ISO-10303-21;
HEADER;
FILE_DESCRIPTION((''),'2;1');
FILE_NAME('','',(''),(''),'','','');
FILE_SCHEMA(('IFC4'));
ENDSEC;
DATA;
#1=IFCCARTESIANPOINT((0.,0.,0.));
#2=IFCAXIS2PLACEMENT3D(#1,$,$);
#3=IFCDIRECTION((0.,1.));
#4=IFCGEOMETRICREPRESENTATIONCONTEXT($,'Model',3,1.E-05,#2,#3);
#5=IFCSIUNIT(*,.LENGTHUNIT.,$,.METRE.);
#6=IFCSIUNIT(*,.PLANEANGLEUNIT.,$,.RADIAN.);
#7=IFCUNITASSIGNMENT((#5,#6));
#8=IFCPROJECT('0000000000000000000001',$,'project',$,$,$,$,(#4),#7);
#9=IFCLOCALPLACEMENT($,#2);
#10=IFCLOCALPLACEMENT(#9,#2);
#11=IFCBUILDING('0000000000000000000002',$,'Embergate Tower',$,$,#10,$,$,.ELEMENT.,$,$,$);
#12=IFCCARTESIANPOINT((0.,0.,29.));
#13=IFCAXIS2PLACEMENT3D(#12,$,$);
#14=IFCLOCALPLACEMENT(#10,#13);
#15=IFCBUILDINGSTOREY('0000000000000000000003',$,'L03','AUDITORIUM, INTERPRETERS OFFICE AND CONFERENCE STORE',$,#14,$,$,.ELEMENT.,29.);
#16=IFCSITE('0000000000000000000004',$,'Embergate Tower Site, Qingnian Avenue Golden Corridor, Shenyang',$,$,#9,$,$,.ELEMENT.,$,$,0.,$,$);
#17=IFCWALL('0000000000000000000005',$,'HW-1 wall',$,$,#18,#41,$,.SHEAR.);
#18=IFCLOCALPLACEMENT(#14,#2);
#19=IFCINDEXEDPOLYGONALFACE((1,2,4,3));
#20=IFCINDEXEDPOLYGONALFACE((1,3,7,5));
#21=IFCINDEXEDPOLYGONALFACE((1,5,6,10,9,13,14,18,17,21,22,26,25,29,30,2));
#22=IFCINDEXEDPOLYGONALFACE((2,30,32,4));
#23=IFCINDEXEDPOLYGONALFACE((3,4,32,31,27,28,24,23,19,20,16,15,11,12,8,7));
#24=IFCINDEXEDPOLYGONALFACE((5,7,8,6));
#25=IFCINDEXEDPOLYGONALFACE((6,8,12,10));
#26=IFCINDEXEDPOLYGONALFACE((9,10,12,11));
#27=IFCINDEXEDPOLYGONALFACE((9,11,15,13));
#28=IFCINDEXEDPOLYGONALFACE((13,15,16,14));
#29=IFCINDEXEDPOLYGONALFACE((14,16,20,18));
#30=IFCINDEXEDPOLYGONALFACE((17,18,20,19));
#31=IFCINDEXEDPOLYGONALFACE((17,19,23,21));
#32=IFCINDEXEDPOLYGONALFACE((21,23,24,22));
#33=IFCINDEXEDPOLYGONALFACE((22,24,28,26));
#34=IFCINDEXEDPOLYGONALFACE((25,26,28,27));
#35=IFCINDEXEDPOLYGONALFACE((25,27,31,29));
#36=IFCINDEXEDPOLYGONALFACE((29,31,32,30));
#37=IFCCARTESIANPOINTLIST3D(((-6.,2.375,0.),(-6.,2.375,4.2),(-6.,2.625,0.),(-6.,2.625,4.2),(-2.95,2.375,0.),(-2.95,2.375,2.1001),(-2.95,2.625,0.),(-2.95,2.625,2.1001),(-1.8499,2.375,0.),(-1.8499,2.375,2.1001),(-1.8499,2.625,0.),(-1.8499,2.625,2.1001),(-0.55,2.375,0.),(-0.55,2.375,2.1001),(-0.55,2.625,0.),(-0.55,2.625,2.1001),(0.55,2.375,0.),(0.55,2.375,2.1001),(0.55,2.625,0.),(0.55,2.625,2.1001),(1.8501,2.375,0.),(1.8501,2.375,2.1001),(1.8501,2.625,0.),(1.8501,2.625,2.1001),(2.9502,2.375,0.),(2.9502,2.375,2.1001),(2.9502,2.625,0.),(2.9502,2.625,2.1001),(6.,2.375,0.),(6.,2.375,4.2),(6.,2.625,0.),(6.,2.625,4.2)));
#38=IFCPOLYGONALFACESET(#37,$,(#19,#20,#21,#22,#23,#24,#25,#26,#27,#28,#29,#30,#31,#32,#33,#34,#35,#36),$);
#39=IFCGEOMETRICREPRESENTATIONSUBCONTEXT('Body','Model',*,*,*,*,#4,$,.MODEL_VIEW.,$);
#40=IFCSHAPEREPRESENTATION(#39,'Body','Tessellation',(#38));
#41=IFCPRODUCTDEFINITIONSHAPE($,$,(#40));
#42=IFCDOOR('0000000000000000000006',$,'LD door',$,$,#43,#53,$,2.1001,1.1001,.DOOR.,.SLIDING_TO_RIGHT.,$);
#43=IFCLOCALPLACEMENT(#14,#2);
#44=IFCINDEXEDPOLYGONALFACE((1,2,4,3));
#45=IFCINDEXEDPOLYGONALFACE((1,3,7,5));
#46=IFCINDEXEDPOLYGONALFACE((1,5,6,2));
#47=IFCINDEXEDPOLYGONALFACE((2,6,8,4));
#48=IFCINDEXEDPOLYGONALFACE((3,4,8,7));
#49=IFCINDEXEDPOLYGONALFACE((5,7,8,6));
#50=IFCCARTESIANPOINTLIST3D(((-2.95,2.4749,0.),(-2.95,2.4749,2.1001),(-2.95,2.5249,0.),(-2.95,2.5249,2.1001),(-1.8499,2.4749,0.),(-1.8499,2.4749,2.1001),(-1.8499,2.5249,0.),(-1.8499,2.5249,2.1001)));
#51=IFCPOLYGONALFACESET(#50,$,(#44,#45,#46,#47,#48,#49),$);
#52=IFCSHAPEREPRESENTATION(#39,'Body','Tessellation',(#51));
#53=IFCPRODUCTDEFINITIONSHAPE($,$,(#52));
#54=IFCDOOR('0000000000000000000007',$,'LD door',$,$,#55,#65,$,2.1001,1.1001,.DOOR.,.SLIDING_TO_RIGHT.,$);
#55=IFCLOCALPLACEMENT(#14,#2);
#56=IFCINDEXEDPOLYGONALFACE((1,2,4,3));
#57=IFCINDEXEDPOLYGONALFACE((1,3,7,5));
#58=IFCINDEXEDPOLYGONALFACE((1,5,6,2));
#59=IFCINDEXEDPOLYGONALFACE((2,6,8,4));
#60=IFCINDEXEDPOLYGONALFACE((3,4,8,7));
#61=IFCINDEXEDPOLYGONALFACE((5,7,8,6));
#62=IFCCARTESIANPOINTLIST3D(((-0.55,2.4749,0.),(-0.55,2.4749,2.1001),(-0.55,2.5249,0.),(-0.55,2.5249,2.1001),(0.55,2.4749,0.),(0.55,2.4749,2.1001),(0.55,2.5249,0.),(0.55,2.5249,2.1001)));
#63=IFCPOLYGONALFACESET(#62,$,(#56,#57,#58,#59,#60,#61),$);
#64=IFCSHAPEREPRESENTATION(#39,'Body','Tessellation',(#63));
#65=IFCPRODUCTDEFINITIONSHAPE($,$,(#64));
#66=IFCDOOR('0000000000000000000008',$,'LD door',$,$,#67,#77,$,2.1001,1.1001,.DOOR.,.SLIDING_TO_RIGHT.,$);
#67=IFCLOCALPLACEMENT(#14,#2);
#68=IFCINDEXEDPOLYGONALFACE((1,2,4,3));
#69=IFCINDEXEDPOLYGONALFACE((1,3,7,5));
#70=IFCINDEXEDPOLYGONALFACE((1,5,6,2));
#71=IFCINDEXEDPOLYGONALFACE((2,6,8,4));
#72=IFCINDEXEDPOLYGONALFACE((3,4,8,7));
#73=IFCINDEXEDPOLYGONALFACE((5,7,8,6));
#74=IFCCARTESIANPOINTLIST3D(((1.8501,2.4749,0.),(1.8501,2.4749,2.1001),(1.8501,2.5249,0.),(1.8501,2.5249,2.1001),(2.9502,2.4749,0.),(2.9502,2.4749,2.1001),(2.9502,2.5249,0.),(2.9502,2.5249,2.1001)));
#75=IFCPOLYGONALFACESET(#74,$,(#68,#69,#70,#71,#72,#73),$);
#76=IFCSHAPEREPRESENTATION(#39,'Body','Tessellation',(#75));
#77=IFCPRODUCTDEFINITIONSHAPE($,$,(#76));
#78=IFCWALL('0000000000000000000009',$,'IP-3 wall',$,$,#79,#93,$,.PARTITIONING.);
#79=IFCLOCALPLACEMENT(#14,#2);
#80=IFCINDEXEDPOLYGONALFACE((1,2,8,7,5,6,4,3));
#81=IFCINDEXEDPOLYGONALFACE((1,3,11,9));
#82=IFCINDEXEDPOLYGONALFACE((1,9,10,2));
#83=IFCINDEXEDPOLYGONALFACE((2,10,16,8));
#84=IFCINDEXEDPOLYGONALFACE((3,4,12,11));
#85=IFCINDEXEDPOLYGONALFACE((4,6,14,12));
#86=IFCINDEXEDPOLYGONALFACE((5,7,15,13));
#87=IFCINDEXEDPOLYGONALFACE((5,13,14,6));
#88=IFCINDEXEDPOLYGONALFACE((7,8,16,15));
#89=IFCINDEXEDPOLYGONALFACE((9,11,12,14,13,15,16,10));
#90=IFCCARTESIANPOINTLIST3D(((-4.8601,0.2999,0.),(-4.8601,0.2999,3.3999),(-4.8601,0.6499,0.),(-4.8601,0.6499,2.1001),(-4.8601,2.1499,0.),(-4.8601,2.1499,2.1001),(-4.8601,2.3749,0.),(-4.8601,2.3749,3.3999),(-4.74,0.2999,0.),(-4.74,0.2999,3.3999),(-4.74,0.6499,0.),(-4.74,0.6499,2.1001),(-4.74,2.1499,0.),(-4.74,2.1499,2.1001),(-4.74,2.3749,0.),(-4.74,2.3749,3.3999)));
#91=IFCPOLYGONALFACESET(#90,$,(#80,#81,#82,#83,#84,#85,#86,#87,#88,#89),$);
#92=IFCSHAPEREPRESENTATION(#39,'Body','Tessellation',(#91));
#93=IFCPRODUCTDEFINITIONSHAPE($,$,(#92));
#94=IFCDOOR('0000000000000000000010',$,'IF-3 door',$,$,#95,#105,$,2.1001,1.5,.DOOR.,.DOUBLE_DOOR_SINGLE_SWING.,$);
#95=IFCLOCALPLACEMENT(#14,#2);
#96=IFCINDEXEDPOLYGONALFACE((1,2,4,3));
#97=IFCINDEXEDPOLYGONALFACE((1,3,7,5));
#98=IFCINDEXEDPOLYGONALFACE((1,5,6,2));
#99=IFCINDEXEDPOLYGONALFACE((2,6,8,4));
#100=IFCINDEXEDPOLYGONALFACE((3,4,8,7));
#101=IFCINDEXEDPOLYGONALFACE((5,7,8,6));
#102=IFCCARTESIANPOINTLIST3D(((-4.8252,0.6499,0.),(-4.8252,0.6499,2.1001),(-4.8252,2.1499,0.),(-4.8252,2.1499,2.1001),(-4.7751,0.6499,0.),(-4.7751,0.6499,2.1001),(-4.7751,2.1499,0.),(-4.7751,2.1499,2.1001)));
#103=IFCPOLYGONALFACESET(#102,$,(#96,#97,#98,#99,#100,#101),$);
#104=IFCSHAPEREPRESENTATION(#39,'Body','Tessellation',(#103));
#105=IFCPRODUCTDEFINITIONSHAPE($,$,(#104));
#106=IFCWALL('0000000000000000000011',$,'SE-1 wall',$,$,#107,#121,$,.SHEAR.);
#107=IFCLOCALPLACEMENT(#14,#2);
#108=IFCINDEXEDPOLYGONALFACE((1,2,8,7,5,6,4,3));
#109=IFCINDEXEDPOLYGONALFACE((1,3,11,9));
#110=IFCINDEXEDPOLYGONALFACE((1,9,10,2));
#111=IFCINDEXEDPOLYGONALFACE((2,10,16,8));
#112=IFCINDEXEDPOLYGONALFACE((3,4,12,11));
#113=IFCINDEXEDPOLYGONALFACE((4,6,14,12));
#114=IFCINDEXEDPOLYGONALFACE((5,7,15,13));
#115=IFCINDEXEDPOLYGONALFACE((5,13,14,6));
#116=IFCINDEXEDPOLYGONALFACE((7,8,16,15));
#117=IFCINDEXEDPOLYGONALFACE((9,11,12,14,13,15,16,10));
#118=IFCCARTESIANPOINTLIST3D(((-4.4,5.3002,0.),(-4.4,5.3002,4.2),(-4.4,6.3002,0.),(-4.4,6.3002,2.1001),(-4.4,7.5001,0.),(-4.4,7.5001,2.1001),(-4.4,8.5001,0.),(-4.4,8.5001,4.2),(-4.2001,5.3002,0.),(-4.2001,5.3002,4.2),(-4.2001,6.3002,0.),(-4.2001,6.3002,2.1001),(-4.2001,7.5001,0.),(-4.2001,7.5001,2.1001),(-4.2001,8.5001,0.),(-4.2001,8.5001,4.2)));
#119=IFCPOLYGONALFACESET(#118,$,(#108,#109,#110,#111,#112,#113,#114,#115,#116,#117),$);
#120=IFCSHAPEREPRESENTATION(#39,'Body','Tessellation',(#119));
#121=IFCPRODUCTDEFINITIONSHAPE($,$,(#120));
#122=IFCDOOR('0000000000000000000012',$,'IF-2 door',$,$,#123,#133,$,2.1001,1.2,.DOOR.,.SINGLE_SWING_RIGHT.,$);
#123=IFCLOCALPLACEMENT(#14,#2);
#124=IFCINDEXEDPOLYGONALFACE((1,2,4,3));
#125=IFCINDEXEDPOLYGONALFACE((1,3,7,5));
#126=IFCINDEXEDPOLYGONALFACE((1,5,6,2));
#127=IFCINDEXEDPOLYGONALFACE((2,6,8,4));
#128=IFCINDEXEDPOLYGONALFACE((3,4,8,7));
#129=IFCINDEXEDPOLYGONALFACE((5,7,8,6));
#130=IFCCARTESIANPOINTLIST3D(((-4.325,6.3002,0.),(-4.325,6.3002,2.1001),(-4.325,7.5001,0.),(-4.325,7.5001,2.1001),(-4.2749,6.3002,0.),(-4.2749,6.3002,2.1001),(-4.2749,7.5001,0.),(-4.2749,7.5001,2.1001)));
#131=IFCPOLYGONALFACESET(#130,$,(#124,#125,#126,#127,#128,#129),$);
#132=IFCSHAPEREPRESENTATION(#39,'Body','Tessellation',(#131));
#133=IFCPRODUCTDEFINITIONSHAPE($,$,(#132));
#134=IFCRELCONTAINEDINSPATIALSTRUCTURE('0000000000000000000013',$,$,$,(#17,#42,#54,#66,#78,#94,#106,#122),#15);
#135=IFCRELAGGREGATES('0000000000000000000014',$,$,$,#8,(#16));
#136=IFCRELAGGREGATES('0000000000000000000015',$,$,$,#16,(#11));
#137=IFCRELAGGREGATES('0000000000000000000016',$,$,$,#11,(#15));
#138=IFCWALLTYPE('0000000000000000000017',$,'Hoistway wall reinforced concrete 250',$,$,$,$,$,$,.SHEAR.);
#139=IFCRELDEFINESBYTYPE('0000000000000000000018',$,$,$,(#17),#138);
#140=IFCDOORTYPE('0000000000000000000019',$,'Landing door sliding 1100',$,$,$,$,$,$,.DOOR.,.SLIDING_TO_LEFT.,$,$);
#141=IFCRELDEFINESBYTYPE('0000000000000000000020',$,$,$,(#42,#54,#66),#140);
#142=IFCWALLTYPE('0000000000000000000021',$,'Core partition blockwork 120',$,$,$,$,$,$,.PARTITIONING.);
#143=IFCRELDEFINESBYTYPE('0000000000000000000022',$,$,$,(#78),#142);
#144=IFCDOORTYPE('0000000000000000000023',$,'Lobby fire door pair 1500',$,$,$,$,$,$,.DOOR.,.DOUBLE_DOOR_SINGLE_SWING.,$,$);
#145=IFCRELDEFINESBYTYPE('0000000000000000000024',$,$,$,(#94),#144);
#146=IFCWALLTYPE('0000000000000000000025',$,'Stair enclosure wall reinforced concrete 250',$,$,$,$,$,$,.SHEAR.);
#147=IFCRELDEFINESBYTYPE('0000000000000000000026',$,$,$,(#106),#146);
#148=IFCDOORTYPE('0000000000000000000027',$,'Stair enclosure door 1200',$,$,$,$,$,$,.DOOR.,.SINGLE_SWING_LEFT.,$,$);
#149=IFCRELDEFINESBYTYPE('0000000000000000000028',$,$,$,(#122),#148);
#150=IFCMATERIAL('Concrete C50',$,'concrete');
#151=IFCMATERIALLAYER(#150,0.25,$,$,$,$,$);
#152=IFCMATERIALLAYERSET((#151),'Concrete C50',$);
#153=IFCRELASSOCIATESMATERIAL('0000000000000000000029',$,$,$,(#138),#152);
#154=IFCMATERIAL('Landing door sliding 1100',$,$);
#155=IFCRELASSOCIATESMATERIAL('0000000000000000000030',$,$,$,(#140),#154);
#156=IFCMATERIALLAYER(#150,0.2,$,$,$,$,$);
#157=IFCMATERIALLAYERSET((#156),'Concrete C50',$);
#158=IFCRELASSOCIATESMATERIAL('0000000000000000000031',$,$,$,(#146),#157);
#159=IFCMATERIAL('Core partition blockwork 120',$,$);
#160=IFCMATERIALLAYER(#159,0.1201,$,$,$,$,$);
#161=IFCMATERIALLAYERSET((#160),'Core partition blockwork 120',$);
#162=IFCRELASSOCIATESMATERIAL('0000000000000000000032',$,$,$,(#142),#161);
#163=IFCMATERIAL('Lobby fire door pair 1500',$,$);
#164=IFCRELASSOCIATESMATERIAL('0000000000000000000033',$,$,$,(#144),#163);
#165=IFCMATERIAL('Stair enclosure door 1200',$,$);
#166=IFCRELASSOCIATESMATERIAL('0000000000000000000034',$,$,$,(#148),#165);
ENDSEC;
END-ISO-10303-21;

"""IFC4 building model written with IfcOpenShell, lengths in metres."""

from ifc_helpers import new_model, si_unit, direction, frame, frame_2d, origin, place, context, subcontext, project, spatial, rectangle, extrude, source, transform, mapped, material, layer, layer_set, type_object, element, fill, save


model = new_model("IFC4")

# Units and contexts
model_context = context("Model", 3, precision=1e-05, world=origin(), true_north=direction((0.0, 1.0)))
body_context = subcontext(model_context, "Body", "Model", "MODEL_VIEW")
ifc_project = project(units=[si_unit("LENGTHUNIT", "METRE"), si_unit("PLANEANGLEUNIT", "RADIAN")], contexts=[model_context])

# Site, building, storey
site_placement = place(None, origin())
site = spatial("IfcSite", under=ifc_project, at=site_placement, Name="Embergate Tower Site, Qingnian Avenue Golden Corridor, Shenyang", CompositionType="ELEMENT", RefElevation=0.0)
building_placement = place(site_placement, origin())
building = spatial("IfcBuilding", under=site, at=building_placement, Name="Embergate Tower", CompositionType="ELEMENT")
storey_placement = place(building_placement, frame((0.0, 0.0, 29.0)))
storey = spatial("IfcBuildingStorey", under=building, at=storey_placement, Name="L03", Description="AUDITORIUM, INTERPRETERS OFFICE AND CONFERENCE STORE", CompositionType="ELEMENT", Elevation=29.0)

# Shared definitions
ifc_material_1 = material(Name="Concrete C50", Category="concrete")
ifc_layer_1 = layer(ifc_material_1, 0.25)
ifc_layer_set_1 = layer_set([ifc_layer_1], Name="Concrete C50")
wall_type_1 = type_object("IfcWallType", Name="Hoistway wall reinforced concrete 250", PredefinedType="SHEAR", material=ifc_layer_set_1)

# Shared definitions
shared_shape_1 = source(origin(), body_context, "Body", "SweptSolid", [
    extrude(rectangle(XDim=1.1001, YDim=2.1001, at=frame_2d((0.55, 1.05))), frame((0.0, 0.135, 0.0), z_axis=(0.0, -1.0, 0.0), x_axis=(1.0, 0.0, 0.0)), (0.0, 0.0, 1.0), 0.27),
])
ifc_material_2 = material(Name="Landing door sliding 1100")
door_type_1 = type_object("IfcDoorType", Name="Landing door sliding 1100", OperationType="SLIDING_TO_LEFT", PredefinedType="DOOR", material=ifc_material_2)
shared_shape_2 = source(origin(), body_context, "Body", "SweptSolid", [
    extrude(rectangle(XDim=1.1001, YDim=2.1001, at=frame_2d((0.55, 1.05))), frame((0.0, 0.0249, 0.0), z_axis=(0.0, -1.0, 0.0), x_axis=(1.0, 0.0, 0.0)), (0.0, 0.0, 1.0), 0.05),
])

# Shared definitions
ifc_layer_2 = layer(ifc_material_1, 0.2)
ifc_layer_set_2 = layer_set([ifc_layer_2], Name="Concrete C50")
wall_type_2 = type_object("IfcWallType", Name="Stair enclosure wall reinforced concrete 250", PredefinedType="SHEAR", material=ifc_layer_set_2)

# Wall, openings, doors
shared_shape_3 = source(origin(), body_context, "Body", "SweptSolid", [
    extrude(rectangle(XDim=12.0, YDim=0.25, at=frame_2d((6.0, 0.0))), origin(), (0.0, 0.0, 1.0), 4.2),
])
wall_1_placement = place(storey_placement, frame((-6.0, 2.5, 0.0), z_axis=(0.0, 0.0, 1.0), x_axis=(1.0, 0.0, 0.0)))
wall_1 = element("IfcWall", 1, at=wall_1_placement, inside=storey, type_object=wall_type_1, Name="HW-1 wall", PredefinedType="SHEAR", context=body_context, shape_type="MappedRepresentation", body=[
    mapped(shared_shape_3, transform((0.0, 0.0, 0.0))),
])
opening_1_placement = place(wall_1_placement, frame((3.05, 0.0, 0.0)))
opening_1 = element("IfcOpeningElement", 2, at=opening_1_placement, cuts=wall_1, PredefinedType="OPENING", context=body_context, shape_type="MappedRepresentation", body=[
    mapped(shared_shape_1, transform((0.0, 0.0, 0.0))),
])
opening_2_placement = place(wall_1_placement, frame((5.45, 0.0, 0.0)))
opening_2 = element("IfcOpeningElement", 3, at=opening_2_placement, cuts=wall_1, PredefinedType="OPENING", context=body_context, shape_type="MappedRepresentation", body=[
    mapped(shared_shape_1, transform((0.0, 0.0, 0.0))),
])
opening_3_placement = place(wall_1_placement, frame((7.8501, 0.0, 0.0)))
opening_3 = element("IfcOpeningElement", 4, at=opening_3_placement, cuts=wall_1, PredefinedType="OPENING", context=body_context, shape_type="MappedRepresentation", body=[
    mapped(shared_shape_1, transform((0.0, 0.0, 0.0))),
])
door_1_placement = place(opening_1_placement, origin())
door_1 = element("IfcDoor", 5, at=door_1_placement, inside=storey, type_object=door_type_1, Name="LD door", OperationType="SLIDING_TO_RIGHT", OverallHeight=2.1001, OverallWidth=1.1001, PredefinedType="DOOR", context=body_context, shape_type="MappedRepresentation", body=[
    mapped(shared_shape_2, transform((0.0, 0.0, 0.0))),
])
fill(opening_1, door_1)
door_2_placement = place(opening_2_placement, origin())
door_2 = element("IfcDoor", 6, at=door_2_placement, inside=storey, type_object=door_type_1, Name="LD door", OperationType="SLIDING_TO_RIGHT", OverallHeight=2.1001, OverallWidth=1.1001, PredefinedType="DOOR", context=body_context, shape_type="MappedRepresentation", body=[
    mapped(shared_shape_2, transform((0.0, 0.0, 0.0))),
])
fill(opening_2, door_2)
door_3_placement = place(opening_3_placement, origin())
door_3 = element("IfcDoor", 7, at=door_3_placement, inside=storey, type_object=door_type_1, Name="LD door", OperationType="SLIDING_TO_RIGHT", OverallHeight=2.1001, OverallWidth=1.1001, PredefinedType="DOOR", context=body_context, shape_type="MappedRepresentation", body=[
    mapped(shared_shape_2, transform((0.0, 0.0, 0.0))),
])
fill(opening_3, door_3)

# Walls, openings, doors
ifc_material_3 = material(Name="Core partition blockwork 120")
ifc_layer_3 = layer(ifc_material_3, 0.1201)
ifc_layer_set_3 = layer_set([ifc_layer_3], Name="Core partition blockwork 120")
wall_type_3 = type_object("IfcWallType", Name="Core partition blockwork 120", PredefinedType="PARTITIONING", material=ifc_layer_set_3)
shared_shape_4 = source(origin(), body_context, "Body", "SweptSolid", [
    extrude(rectangle(XDim=2.075, YDim=0.1201, at=frame_2d((1.0376, 0.0))), origin(), (0.0, 0.0, 1.0), 3.3999),
])
wall_2_placement = place(storey_placement, frame((-4.8, 2.375, 0.0), z_axis=(0.0, 0.0, 1.0), x_axis=(0.0, -1.0, 0.0)))
wall_2 = element("IfcWall", 8, at=wall_2_placement, inside=storey, type_object=wall_type_3, Name="IP-3 wall", PredefinedType="PARTITIONING", context=body_context, shape_type="MappedRepresentation", body=[
    mapped(shared_shape_4, transform((0.0, 0.0, 0.0))),
])
shared_shape_5 = source(origin(), body_context, "Body", "SweptSolid", [
    extrude(rectangle(XDim=1.5, YDim=2.1001, at=frame_2d((0.75, 1.05))), frame((0.0, 0.0701, 0.0), z_axis=(0.0, -1.0, 0.0), x_axis=(1.0, 0.0, 0.0)), (0.0, 0.0, 1.0), 0.1401),
])
opening_4_placement = place(wall_2_placement, frame((0.2251, 0.0, 0.0)))
opening_4 = element("IfcOpeningElement", 9, at=opening_4_placement, cuts=wall_2, PredefinedType="OPENING", context=body_context, shape_type="MappedRepresentation", body=[
    mapped(shared_shape_5, transform((0.0, 0.0, 0.0))),
])
ifc_material_4 = material(Name="Lobby fire door pair 1500")
door_type_2 = type_object("IfcDoorType", Name="Lobby fire door pair 1500", OperationType="DOUBLE_DOOR_SINGLE_SWING", PredefinedType="DOOR", material=ifc_material_4)
shared_shape_6 = source(origin(), body_context, "Body", "SweptSolid", [
    extrude(rectangle(XDim=1.5, YDim=2.1001, at=frame_2d((0.75, 1.05))), frame((0.0, 0.0249, 0.0), z_axis=(0.0, -1.0, 0.0), x_axis=(1.0, 0.0, 0.0)), (0.0, 0.0, 1.0), 0.05),
])
door_4_placement = place(opening_4_placement, origin())
door_4 = element("IfcDoor", 10, at=door_4_placement, inside=storey, type_object=door_type_2, Name="IF-3 door", OperationType="DOUBLE_DOOR_SINGLE_SWING", OverallHeight=2.1001, OverallWidth=1.5, PredefinedType="DOOR", context=body_context, shape_type="MappedRepresentation", body=[
    mapped(shared_shape_6, transform((0.0, 0.0, 0.0))),
])
fill(opening_4, door_4)
shared_shape_7 = source(origin(), body_context, "Body", "SweptSolid", [
    extrude(rectangle(XDim=3.2, YDim=0.2, at=frame_2d((1.6001, 0.0))), origin(), (0.0, 0.0, 1.0), 4.2),
])
wall_3_placement = place(storey_placement, frame((-4.3, 5.3, 0.0), z_axis=(0.0, 0.0, 1.0), x_axis=(0.0, 1.0, 0.0)))
wall_3 = element("IfcWall", 11, at=wall_3_placement, inside=storey, type_object=wall_type_2, Name="SE-1 wall", PredefinedType="SHEAR", context=body_context, shape_type="MappedRepresentation", body=[
    mapped(shared_shape_7, transform((0.0, 0.0, 0.0))),
])
shared_shape_8 = source(origin(), body_context, "Body", "SweptSolid", [
    extrude(rectangle(XDim=1.2, YDim=2.1001, at=frame_2d((0.6001, 1.05))), frame((0.0, 0.1099, 0.0), z_axis=(0.0, -1.0, 0.0), x_axis=(1.0, 0.0, 0.0)), (0.0, 0.0, 1.0), 0.22),
])
opening_5_placement = place(wall_3_placement, frame((1.0, 0.0, 0.0)))
opening_5 = element("IfcOpeningElement", 12, at=opening_5_placement, cuts=wall_3, PredefinedType="OPENING", context=body_context, shape_type="MappedRepresentation", body=[
    mapped(shared_shape_8, transform((0.0, 0.0, 0.0))),
])
ifc_material_5 = material(Name="Stair enclosure door 1200")
door_type_3 = type_object("IfcDoorType", Name="Stair enclosure door 1200", OperationType="SINGLE_SWING_LEFT", PredefinedType="DOOR", material=ifc_material_5)
shared_shape_9 = source(origin(), body_context, "Body", "SweptSolid", [
    extrude(rectangle(XDim=1.2, YDim=2.1001, at=frame_2d((0.6001, 1.05))), frame((0.0, 0.0249, 0.0), z_axis=(0.0, -1.0, 0.0), x_axis=(1.0, 0.0, 0.0)), (0.0, 0.0, 1.0), 0.05),
])
door_5_placement = place(opening_5_placement, origin())
door_5 = element("IfcDoor", 13, at=door_5_placement, inside=storey, type_object=door_type_3, Name="IF-2 door", OperationType="SINGLE_SWING_RIGHT", OverallHeight=2.1001, OverallWidth=1.2, PredefinedType="DOOR", context=body_context, shape_type="MappedRepresentation", body=[
    mapped(shared_shape_9, transform((0.0, 0.0, 0.0))),
])
fill(opening_5, door_5)

save(model, "model.ifc")
